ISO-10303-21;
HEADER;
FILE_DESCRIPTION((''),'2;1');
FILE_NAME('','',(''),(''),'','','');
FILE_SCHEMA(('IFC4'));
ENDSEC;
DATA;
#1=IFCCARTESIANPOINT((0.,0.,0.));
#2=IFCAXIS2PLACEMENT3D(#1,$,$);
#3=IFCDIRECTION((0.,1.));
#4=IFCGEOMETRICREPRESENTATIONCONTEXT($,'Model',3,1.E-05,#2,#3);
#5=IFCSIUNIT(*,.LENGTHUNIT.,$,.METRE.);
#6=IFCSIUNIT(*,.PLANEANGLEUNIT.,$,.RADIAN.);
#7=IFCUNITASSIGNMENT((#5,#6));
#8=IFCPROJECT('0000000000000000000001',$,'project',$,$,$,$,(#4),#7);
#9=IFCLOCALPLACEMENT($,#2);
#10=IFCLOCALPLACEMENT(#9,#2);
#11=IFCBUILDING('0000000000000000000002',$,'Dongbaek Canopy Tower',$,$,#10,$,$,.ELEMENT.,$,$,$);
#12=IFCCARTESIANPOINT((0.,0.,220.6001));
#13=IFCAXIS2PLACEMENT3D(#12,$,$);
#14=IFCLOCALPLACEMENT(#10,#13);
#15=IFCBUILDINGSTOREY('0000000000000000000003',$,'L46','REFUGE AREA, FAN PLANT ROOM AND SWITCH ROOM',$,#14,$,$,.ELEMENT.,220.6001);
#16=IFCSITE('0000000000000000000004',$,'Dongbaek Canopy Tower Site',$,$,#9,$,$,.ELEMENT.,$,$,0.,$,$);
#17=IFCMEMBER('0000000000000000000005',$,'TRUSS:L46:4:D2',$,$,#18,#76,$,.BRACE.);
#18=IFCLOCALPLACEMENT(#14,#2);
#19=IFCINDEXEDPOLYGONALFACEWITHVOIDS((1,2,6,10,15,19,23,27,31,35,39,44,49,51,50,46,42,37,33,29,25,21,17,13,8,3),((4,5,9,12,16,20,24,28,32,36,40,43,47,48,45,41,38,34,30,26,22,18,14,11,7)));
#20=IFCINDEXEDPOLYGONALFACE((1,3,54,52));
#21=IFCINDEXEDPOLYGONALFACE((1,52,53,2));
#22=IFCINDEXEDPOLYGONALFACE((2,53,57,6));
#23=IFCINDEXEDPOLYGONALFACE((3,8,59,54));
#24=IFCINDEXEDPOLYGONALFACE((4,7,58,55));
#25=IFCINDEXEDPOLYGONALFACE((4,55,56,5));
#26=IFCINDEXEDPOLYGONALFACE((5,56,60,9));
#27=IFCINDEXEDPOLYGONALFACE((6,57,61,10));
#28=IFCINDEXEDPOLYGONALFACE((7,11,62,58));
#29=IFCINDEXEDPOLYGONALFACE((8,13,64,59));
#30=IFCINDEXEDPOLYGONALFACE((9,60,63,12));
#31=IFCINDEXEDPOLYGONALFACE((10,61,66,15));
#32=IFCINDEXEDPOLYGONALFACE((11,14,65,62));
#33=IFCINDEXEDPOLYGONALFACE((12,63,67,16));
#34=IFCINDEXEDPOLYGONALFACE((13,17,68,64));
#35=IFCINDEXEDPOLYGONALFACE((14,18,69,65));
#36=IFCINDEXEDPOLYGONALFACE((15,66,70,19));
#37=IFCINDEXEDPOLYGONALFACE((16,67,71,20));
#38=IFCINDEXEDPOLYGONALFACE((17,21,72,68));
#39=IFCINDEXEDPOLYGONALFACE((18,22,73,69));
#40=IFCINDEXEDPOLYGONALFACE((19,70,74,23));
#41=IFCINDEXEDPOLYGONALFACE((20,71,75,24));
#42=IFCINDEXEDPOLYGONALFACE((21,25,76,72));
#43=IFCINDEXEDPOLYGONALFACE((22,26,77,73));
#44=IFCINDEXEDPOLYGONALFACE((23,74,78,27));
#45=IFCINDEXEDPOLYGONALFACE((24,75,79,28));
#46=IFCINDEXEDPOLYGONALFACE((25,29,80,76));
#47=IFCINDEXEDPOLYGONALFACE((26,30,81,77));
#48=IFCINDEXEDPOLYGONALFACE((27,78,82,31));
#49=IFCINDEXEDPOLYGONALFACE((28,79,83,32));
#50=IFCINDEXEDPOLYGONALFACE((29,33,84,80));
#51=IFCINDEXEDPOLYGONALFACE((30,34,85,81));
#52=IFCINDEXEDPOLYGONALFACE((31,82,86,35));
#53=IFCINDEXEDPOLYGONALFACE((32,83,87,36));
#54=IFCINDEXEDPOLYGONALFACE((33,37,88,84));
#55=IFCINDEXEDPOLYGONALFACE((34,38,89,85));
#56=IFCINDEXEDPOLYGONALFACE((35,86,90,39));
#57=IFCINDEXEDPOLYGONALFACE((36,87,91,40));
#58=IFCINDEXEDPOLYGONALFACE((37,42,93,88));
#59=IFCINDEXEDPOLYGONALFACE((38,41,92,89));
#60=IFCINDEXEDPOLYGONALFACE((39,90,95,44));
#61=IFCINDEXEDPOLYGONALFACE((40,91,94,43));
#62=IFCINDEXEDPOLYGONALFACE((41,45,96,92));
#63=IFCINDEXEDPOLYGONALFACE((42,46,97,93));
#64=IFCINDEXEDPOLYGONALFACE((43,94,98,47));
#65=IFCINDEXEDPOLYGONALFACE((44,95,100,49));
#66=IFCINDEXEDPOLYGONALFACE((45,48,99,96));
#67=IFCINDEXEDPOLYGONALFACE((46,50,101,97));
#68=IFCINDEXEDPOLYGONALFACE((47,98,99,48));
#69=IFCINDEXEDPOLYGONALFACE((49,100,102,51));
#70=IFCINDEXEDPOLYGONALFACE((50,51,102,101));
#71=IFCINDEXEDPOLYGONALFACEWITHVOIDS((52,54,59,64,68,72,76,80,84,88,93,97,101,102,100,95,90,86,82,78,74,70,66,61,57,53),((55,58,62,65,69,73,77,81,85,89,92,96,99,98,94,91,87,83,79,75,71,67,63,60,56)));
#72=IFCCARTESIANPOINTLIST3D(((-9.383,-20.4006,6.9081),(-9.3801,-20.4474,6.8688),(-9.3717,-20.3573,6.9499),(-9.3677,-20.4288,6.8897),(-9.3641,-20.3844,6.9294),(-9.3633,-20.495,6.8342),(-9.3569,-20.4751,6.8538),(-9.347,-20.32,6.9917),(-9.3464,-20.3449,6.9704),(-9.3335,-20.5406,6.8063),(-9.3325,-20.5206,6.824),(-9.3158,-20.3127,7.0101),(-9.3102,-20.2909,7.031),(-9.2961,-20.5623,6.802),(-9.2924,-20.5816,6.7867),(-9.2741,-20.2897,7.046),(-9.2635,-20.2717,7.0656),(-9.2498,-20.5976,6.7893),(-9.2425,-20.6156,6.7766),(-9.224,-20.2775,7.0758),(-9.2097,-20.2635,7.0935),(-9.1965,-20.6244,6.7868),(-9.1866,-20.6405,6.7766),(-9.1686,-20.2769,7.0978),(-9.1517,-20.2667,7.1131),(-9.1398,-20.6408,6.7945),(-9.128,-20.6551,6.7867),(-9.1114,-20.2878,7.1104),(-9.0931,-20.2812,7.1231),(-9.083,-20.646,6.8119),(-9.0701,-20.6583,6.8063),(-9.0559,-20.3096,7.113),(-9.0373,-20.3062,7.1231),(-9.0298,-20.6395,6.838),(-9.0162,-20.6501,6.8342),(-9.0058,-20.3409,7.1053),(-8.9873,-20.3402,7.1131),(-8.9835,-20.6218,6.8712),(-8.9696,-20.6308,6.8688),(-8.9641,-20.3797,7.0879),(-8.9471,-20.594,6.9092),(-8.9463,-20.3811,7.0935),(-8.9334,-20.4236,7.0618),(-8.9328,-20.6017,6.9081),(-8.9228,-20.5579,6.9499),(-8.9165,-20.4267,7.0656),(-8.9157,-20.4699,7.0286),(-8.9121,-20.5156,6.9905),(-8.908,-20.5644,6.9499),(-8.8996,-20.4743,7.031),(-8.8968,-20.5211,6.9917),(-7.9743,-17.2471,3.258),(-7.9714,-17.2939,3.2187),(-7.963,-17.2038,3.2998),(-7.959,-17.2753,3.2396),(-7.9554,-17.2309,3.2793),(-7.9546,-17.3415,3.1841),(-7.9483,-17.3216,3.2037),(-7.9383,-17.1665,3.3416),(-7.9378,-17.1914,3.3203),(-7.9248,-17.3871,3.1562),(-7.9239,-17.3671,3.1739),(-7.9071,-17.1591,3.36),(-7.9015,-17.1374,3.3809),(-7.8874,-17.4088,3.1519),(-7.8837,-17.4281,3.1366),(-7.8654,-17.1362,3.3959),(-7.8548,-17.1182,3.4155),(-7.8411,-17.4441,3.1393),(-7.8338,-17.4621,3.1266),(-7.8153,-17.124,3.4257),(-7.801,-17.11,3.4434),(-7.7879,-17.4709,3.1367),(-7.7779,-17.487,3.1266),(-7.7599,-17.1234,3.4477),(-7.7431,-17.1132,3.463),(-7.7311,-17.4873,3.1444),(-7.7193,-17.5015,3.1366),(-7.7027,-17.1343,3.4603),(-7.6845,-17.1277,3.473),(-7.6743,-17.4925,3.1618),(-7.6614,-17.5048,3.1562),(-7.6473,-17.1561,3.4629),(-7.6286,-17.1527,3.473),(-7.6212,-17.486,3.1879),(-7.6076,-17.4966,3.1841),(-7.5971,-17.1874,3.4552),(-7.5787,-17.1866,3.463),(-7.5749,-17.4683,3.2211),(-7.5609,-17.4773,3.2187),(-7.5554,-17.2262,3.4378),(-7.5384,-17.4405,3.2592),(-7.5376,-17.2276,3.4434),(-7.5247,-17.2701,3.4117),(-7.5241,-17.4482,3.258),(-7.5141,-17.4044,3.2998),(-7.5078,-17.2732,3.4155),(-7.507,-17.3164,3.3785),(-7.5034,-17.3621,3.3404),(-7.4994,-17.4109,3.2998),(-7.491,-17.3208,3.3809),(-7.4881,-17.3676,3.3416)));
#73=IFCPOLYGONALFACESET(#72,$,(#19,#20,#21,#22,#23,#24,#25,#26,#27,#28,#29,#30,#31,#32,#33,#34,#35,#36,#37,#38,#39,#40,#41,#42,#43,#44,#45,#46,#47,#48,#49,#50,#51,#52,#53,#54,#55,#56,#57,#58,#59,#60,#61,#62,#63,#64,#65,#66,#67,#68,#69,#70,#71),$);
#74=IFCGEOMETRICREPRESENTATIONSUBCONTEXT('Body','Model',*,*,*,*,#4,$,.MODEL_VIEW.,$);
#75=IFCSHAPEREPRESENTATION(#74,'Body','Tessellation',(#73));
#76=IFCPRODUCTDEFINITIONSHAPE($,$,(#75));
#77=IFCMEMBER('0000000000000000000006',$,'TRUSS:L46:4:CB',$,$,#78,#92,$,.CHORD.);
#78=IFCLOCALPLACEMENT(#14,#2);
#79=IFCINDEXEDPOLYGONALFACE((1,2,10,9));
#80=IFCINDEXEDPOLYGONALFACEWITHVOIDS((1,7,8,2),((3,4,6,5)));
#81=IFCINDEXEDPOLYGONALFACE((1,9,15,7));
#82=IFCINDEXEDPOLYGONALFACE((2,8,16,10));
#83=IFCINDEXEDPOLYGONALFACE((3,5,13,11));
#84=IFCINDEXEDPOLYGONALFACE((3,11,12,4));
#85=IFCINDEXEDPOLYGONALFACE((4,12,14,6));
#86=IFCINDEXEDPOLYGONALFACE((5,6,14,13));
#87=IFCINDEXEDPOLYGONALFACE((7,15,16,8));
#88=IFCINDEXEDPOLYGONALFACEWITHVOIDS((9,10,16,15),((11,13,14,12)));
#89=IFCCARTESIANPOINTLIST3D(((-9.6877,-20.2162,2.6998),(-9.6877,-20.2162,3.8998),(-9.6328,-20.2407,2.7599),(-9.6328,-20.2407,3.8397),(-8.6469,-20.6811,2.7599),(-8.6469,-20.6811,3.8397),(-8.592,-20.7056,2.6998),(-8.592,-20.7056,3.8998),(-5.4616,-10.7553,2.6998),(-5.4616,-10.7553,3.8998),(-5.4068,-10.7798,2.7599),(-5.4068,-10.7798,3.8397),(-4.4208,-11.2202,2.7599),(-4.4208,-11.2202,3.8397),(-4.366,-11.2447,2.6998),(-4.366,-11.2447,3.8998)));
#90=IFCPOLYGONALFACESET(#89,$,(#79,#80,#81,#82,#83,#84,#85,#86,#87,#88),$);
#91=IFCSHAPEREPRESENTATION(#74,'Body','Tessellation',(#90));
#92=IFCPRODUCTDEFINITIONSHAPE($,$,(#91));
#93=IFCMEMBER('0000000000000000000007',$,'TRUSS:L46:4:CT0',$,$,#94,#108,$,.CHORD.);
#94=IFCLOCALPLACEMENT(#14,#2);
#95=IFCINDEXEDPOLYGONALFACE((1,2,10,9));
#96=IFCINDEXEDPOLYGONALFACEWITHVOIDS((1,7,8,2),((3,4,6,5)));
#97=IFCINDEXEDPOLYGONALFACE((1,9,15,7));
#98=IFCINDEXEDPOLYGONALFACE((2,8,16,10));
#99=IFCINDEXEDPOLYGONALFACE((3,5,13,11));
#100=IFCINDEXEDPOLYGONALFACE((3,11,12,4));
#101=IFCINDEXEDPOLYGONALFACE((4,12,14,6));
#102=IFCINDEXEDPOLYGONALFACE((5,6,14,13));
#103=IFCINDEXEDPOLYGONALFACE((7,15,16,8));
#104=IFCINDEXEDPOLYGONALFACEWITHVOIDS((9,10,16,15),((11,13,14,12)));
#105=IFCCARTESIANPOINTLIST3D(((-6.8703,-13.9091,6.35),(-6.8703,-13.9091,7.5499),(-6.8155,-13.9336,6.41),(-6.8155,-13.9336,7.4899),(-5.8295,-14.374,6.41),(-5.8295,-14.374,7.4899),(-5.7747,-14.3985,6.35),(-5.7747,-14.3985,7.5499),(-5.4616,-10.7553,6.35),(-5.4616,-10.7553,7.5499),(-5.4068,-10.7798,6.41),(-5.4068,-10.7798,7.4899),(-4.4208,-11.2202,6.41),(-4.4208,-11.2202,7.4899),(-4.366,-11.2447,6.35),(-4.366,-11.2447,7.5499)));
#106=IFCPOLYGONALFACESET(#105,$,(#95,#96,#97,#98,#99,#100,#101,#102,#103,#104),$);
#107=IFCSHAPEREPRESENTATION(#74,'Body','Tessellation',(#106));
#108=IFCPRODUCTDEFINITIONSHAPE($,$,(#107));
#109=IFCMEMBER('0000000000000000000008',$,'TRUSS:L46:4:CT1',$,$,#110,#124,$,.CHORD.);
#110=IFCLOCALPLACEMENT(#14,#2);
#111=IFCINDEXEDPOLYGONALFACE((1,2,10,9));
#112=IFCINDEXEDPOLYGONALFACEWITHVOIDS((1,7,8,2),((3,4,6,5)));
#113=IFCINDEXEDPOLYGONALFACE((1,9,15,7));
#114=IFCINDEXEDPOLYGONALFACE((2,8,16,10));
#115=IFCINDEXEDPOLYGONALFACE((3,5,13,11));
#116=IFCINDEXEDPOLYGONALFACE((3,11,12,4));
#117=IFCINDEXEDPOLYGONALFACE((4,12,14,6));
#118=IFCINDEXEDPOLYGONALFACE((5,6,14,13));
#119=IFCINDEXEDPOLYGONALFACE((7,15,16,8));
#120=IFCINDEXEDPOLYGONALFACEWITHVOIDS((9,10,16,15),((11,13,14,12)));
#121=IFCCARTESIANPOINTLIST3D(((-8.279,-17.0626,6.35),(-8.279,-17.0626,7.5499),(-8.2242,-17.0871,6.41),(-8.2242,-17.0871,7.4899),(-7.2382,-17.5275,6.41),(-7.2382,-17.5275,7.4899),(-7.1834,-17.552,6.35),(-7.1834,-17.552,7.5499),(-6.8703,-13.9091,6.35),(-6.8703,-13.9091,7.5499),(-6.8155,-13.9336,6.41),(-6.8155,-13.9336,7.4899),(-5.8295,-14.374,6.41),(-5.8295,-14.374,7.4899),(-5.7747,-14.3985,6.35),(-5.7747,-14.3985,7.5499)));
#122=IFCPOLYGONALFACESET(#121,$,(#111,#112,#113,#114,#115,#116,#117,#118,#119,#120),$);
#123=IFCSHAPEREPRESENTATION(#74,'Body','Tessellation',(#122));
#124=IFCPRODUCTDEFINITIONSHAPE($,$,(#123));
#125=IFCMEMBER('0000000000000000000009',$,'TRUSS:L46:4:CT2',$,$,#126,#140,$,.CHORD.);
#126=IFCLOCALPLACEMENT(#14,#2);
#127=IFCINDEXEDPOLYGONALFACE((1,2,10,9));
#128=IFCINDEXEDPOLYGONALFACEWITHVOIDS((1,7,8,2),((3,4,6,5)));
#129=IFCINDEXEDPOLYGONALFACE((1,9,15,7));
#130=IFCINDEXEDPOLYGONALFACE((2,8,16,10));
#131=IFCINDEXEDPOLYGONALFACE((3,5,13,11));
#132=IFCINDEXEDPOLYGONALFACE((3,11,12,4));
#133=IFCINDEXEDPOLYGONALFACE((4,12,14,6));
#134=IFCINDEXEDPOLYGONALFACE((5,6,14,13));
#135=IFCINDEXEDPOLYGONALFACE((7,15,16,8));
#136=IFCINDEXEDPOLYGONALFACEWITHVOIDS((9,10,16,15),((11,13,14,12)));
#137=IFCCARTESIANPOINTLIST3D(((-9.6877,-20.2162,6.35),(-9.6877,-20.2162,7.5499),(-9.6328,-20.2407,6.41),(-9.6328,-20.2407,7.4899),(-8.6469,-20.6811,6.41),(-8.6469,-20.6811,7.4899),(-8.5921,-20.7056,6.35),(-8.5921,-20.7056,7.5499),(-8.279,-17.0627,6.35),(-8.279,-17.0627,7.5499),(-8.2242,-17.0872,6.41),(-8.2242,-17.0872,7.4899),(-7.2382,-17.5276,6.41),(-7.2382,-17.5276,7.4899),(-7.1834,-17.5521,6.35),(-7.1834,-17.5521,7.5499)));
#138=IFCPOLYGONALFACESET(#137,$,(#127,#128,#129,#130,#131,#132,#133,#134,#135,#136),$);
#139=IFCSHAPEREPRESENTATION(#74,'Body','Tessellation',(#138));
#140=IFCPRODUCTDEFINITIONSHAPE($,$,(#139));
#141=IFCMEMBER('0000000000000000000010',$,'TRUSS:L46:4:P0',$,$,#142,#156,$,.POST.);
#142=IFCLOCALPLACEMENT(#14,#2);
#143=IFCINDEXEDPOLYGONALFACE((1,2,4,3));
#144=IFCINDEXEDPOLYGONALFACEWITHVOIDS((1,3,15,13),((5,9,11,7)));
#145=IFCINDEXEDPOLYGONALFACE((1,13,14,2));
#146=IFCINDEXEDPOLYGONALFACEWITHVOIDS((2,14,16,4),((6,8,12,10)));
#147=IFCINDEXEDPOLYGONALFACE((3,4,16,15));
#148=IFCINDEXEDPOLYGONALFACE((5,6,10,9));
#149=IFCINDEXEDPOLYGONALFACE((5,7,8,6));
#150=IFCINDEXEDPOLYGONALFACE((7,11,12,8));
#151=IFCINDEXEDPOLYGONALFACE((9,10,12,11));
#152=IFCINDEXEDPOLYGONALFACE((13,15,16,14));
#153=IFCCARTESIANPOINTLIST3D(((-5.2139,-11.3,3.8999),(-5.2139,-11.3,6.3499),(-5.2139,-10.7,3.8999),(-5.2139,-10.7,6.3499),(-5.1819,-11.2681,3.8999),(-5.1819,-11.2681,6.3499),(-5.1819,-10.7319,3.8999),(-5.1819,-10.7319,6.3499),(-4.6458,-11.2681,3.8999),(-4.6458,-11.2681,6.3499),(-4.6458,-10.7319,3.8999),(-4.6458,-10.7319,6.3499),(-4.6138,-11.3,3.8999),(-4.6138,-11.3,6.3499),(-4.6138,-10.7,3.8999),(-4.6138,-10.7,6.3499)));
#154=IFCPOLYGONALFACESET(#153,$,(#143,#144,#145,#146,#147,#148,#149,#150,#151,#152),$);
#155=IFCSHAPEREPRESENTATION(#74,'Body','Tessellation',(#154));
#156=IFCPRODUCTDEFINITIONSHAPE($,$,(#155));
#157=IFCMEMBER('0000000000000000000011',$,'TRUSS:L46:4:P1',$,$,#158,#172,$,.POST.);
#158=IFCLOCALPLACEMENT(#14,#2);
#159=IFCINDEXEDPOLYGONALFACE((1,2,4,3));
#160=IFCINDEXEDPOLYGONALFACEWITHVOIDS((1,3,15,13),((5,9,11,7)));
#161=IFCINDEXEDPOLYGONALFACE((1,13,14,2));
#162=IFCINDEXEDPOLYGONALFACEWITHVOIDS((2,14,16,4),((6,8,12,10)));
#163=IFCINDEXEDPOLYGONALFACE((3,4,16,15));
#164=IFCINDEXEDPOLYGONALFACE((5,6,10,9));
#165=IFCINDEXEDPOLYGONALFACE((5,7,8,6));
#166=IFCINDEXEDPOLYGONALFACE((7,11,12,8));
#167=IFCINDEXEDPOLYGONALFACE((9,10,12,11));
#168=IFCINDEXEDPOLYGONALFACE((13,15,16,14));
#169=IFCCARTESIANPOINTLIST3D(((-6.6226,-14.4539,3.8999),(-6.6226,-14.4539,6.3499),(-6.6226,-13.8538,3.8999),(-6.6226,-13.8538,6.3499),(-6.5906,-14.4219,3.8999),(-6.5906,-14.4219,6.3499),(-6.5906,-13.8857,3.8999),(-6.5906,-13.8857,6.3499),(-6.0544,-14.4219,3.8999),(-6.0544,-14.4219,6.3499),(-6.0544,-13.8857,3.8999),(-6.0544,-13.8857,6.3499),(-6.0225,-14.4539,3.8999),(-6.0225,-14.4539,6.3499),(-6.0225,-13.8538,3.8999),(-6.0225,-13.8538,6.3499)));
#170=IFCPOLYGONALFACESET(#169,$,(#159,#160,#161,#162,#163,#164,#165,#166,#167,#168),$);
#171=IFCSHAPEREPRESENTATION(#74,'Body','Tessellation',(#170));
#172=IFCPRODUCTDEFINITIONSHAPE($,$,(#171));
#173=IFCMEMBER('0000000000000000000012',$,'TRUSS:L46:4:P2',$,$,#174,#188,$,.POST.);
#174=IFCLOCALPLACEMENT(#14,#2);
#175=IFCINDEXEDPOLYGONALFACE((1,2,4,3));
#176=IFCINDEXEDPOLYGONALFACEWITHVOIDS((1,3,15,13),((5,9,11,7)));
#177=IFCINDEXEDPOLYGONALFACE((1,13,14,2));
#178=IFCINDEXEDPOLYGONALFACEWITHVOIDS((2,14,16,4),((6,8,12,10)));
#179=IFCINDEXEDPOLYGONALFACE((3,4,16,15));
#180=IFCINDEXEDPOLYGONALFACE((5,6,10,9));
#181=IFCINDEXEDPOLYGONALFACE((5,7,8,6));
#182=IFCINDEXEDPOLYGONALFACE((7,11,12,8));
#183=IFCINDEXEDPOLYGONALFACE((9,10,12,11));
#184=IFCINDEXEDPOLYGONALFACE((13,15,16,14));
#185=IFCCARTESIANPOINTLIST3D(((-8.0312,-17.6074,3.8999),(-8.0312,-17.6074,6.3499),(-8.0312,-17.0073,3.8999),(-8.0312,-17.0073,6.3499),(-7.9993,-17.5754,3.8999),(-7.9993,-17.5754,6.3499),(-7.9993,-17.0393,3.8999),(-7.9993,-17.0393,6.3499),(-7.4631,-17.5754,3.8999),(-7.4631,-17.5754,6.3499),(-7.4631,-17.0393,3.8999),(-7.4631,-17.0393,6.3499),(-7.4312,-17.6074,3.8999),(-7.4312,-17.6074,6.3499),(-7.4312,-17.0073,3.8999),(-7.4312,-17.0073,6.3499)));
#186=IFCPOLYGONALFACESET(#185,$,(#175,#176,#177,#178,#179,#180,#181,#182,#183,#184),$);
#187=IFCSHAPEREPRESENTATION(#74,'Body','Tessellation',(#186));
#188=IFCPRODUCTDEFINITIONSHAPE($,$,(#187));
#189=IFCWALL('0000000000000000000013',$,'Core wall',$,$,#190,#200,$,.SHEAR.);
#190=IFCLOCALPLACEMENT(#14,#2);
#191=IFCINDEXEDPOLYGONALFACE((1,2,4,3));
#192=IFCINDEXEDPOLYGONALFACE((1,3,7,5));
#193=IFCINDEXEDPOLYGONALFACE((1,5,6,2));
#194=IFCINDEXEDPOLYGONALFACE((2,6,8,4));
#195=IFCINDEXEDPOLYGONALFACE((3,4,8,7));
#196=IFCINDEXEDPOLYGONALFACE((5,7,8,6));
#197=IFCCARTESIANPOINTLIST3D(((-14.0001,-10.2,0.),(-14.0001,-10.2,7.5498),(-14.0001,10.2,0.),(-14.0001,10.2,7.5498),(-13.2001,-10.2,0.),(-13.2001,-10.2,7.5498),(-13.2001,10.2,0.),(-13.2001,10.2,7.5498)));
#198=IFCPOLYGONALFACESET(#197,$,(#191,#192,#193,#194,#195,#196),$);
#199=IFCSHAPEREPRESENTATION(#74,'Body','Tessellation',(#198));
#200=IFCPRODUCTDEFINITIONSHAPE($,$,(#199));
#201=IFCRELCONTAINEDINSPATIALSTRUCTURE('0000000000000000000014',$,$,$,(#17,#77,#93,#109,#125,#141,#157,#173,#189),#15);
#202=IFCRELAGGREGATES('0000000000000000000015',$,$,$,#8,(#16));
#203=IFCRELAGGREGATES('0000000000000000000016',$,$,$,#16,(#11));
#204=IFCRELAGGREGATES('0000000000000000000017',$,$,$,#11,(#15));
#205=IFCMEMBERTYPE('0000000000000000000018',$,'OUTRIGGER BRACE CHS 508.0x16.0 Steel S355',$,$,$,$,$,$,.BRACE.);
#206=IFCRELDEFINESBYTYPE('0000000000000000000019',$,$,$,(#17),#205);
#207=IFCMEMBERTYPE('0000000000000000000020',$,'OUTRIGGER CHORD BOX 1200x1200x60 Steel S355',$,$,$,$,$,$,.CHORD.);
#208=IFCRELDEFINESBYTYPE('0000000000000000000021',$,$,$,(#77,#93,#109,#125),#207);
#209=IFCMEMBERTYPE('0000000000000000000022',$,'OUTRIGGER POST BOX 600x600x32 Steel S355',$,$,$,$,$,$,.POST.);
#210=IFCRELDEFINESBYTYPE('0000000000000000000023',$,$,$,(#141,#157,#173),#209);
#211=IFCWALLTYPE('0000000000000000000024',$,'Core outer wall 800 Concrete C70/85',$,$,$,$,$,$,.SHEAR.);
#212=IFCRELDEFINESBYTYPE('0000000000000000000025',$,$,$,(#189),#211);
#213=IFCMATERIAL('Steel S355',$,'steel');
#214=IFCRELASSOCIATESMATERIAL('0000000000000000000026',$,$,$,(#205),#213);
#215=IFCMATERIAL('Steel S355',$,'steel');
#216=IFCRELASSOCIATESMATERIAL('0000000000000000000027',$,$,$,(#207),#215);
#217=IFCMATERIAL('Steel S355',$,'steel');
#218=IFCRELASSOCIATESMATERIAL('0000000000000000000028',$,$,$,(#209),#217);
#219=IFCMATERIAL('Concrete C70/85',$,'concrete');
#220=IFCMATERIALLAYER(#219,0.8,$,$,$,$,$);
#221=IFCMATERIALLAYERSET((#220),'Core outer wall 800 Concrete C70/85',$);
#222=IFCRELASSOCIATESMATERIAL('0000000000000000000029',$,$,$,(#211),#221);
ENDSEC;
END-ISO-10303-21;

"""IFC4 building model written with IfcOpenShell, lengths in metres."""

from ifc_helpers import new_model, si_unit, direction, frame, frame_2d, origin, origin_2d, place, context, subcontext, project, spatial, rectangle, hollow_rectangle, hollow_circle, extrude, material, layer, layer_set, material_profile, profile_set, type_object, element, save


model = new_model("IFC4")

# Units and contexts
model_context = context("Model", 3, precision=1e-05, world=origin(), true_north=direction((0.0, 1.0)))
body_context = subcontext(model_context, "Body", "Model", "MODEL_VIEW")
ifc_project = project(units=[si_unit("LENGTHUNIT", "METRE"), si_unit("PLANEANGLEUNIT", "RADIAN")], contexts=[model_context])

# Site, building, storey
site_placement = place(None, origin())
site = spatial("IfcSite", under=ifc_project, at=site_placement, Name="Dongbaek Canopy Tower Site", CompositionType="ELEMENT", RefElevation=0.0)
building_placement = place(site_placement, origin())
building = spatial("IfcBuilding", under=site, at=building_placement, Name="Dongbaek Canopy Tower", CompositionType="ELEMENT")
storey_placement = place(building_placement, frame((0.0, 0.0, 220.6001)))
storey = spatial("IfcBuildingStorey", under=building, at=storey_placement, Name="L46", Description="REFUGE AREA, FAN PLANT ROOM AND SWITCH ROOM", CompositionType="ELEMENT", Elevation=220.6001)

# Members
ifc_material_1 = material(Name="Steel S355", Category="steel")
ifc_material_profile_1 = material_profile(ifc_material_1, hollow_circle(Radius=0.2539, WallThickness=0.0161, at=origin_2d()), Name="OUTRIGGER BRACE CHS 508.0x16.0 Steel S355")
ifc_profile_set_1 = profile_set([ifc_material_profile_1], Name="Steel S355")
member_type_1 = type_object("IfcMemberType", Name="OUTRIGGER BRACE CHS 508.0x16.0 Steel S355", PredefinedType="BRACE", material=ifc_profile_set_1)
for number, where, z_axis, x_axis, name in (
    (1, (-7.7312, -17.3074, 3.2998), (-0.280324, -0.627546, 0.726364), (0.913046, -0.407856, 0.0), "TRUSS:L46:4:D2"),
):
    element("IfcMember", number, at=place(storey_placement, frame(where, z_axis=z_axis, x_axis=x_axis)), inside=storey, type_object=member_type_1, Name=name, PredefinedType="BRACE", context=body_context, shape_type="SweptSolid", body=[
        extrude(hollow_circle(Radius=0.2539, WallThickness=0.0161, at=origin_2d()), origin(), (0.0, 0.0, 1.0), 5.0251),
    ])
ifc_material_2 = material(Name="Steel S355", Category="steel")
ifc_material_profile_2 = material_profile(ifc_material_2, hollow_rectangle(XDim=1.2, YDim=1.2, WallThickness=0.0601, at=origin_2d()), Name="OUTRIGGER CHORD BOX 1200x1200x60 Steel S355")
ifc_profile_set_2 = profile_set([ifc_material_profile_2], Name="Steel S355")
member_type_2 = type_object("IfcMemberType", Name="OUTRIGGER CHORD BOX 1200x1200x60 Steel S355", PredefinedType="CHORD", material=ifc_profile_set_2)
member_1_placement = place(storey_placement, frame((-4.9138, -11.0, 3.2998), z_axis=(-0.407847, -0.91305, 0.0), x_axis=(0.91305, -0.407847, 0.0)))
element("IfcMember", 2, at=member_1_placement, inside=storey, type_object=member_type_2, Name="TRUSS:L46:4:CB", PredefinedType="CHORD", context=body_context, shape_type="SweptSolid", body=[
    extrude(hollow_rectangle(XDim=1.2, YDim=1.2, WallThickness=0.0601, at=origin_2d()), origin(), (0.0, 0.0, 1.0), 10.3618),
])
member_2_placement = place(storey_placement, frame((-4.9138, -11.0, 6.95), z_axis=(-0.40783, -0.913058, 0.0), x_axis=(0.913058, -0.40783, 0.0)))
element("IfcMember", 3, at=member_2_placement, inside=storey, type_object=member_type_2, Name="TRUSS:L46:4:CT0", PredefinedType="CHORD", context=body_context, shape_type="SweptSolid", body=[
    extrude(hollow_rectangle(XDim=1.2, YDim=1.2, WallThickness=0.0601, at=origin_2d()), origin(), (0.0, 0.0, 1.0), 3.4541),
])
for number, where, z_axis, x_axis, name in (
    (4, (-6.3225, -14.1538, 6.95), (-0.407856, -0.913046, 0.0), (0.913046, -0.407856, 0.0), "TRUSS:L46:4:CT1"),
    (5, (-7.7312, -17.3074, 6.95), (-0.407856, -0.913046, 0.0), (0.913046, -0.407856, 0.0), "TRUSS:L46:4:CT2"),
):
    element("IfcMember", number, at=place(storey_placement, frame(where, z_axis=z_axis, x_axis=x_axis)), inside=storey, type_object=member_type_2, Name=name, PredefinedType="CHORD", context=body_context, shape_type="SweptSolid", body=[
        extrude(hollow_rectangle(XDim=1.2, YDim=1.2, WallThickness=0.0601, at=origin_2d()), origin(), (0.0, 0.0, 1.0), 3.4539),
    ])
ifc_material_3 = material(Name="Steel S355", Category="steel")
ifc_material_profile_3 = material_profile(ifc_material_3, hollow_rectangle(XDim=0.6001, YDim=0.6001, WallThickness=0.032, at=origin_2d()), Name="OUTRIGGER POST BOX 600x600x32 Steel S355")
ifc_profile_set_3 = profile_set([ifc_material_profile_3], Name="Steel S355")
member_type_3 = type_object("IfcMemberType", Name="OUTRIGGER POST BOX 600x600x32 Steel S355", PredefinedType="POST", material=ifc_profile_set_3)
for number, where, z_axis, x_axis, name in (
    (6, (-4.9138, -11.0, 3.8999), (0.0, 0.0, 1.0), (1.0, 0.0, 0.0), "TRUSS:L46:4:P0"),
    (7, (-6.3225, -14.1538, 3.8999), (0.0, 0.0, 1.0), (1.0, 0.0, 0.0), "TRUSS:L46:4:P1"),
    (8, (-7.7312, -17.3074, 3.8999), (0.0, 0.0, 1.0), (1.0, 0.0, 0.0), "TRUSS:L46:4:P2"),
):
    element("IfcMember", number, at=place(storey_placement, frame(where, z_axis=z_axis, x_axis=x_axis)), inside=storey, type_object=member_type_3, Name=name, PredefinedType="POST", context=body_context, shape_type="SweptSolid", body=[
        extrude(hollow_rectangle(XDim=0.6001, YDim=0.6001, WallThickness=0.032, at=origin_2d()), origin(), (0.0, 0.0, 1.0), 2.45),
    ])

# Wall
ifc_material_4 = material(Name="Concrete C70/85", Category="concrete")
ifc_layer_1 = layer(ifc_material_4, 0.8)
ifc_layer_set_1 = layer_set([ifc_layer_1], Name="Core outer wall 800 Concrete C70/85")
wall_type_1 = type_object("IfcWallType", Name="Core outer wall 800 Concrete C70/85", PredefinedType="SHEAR", material=ifc_layer_set_1)
wall_1_placement = place(storey_placement, frame((-13.6001, -10.2, 0.0), z_axis=(0.0, 0.0, 1.0), x_axis=(0.0, 1.0, 0.0)))
element("IfcWall", 9, at=wall_1_placement, inside=storey, type_object=wall_type_1, Name="Core wall", PredefinedType="SHEAR", context=body_context, shape_type="SweptSolid", body=[
    extrude(rectangle(XDim=20.3999, YDim=0.8, at=frame_2d((10.2, 0.0))), origin(), (0.0, 0.0, 1.0), 7.5498),
])

save(model, "model.ifc")
